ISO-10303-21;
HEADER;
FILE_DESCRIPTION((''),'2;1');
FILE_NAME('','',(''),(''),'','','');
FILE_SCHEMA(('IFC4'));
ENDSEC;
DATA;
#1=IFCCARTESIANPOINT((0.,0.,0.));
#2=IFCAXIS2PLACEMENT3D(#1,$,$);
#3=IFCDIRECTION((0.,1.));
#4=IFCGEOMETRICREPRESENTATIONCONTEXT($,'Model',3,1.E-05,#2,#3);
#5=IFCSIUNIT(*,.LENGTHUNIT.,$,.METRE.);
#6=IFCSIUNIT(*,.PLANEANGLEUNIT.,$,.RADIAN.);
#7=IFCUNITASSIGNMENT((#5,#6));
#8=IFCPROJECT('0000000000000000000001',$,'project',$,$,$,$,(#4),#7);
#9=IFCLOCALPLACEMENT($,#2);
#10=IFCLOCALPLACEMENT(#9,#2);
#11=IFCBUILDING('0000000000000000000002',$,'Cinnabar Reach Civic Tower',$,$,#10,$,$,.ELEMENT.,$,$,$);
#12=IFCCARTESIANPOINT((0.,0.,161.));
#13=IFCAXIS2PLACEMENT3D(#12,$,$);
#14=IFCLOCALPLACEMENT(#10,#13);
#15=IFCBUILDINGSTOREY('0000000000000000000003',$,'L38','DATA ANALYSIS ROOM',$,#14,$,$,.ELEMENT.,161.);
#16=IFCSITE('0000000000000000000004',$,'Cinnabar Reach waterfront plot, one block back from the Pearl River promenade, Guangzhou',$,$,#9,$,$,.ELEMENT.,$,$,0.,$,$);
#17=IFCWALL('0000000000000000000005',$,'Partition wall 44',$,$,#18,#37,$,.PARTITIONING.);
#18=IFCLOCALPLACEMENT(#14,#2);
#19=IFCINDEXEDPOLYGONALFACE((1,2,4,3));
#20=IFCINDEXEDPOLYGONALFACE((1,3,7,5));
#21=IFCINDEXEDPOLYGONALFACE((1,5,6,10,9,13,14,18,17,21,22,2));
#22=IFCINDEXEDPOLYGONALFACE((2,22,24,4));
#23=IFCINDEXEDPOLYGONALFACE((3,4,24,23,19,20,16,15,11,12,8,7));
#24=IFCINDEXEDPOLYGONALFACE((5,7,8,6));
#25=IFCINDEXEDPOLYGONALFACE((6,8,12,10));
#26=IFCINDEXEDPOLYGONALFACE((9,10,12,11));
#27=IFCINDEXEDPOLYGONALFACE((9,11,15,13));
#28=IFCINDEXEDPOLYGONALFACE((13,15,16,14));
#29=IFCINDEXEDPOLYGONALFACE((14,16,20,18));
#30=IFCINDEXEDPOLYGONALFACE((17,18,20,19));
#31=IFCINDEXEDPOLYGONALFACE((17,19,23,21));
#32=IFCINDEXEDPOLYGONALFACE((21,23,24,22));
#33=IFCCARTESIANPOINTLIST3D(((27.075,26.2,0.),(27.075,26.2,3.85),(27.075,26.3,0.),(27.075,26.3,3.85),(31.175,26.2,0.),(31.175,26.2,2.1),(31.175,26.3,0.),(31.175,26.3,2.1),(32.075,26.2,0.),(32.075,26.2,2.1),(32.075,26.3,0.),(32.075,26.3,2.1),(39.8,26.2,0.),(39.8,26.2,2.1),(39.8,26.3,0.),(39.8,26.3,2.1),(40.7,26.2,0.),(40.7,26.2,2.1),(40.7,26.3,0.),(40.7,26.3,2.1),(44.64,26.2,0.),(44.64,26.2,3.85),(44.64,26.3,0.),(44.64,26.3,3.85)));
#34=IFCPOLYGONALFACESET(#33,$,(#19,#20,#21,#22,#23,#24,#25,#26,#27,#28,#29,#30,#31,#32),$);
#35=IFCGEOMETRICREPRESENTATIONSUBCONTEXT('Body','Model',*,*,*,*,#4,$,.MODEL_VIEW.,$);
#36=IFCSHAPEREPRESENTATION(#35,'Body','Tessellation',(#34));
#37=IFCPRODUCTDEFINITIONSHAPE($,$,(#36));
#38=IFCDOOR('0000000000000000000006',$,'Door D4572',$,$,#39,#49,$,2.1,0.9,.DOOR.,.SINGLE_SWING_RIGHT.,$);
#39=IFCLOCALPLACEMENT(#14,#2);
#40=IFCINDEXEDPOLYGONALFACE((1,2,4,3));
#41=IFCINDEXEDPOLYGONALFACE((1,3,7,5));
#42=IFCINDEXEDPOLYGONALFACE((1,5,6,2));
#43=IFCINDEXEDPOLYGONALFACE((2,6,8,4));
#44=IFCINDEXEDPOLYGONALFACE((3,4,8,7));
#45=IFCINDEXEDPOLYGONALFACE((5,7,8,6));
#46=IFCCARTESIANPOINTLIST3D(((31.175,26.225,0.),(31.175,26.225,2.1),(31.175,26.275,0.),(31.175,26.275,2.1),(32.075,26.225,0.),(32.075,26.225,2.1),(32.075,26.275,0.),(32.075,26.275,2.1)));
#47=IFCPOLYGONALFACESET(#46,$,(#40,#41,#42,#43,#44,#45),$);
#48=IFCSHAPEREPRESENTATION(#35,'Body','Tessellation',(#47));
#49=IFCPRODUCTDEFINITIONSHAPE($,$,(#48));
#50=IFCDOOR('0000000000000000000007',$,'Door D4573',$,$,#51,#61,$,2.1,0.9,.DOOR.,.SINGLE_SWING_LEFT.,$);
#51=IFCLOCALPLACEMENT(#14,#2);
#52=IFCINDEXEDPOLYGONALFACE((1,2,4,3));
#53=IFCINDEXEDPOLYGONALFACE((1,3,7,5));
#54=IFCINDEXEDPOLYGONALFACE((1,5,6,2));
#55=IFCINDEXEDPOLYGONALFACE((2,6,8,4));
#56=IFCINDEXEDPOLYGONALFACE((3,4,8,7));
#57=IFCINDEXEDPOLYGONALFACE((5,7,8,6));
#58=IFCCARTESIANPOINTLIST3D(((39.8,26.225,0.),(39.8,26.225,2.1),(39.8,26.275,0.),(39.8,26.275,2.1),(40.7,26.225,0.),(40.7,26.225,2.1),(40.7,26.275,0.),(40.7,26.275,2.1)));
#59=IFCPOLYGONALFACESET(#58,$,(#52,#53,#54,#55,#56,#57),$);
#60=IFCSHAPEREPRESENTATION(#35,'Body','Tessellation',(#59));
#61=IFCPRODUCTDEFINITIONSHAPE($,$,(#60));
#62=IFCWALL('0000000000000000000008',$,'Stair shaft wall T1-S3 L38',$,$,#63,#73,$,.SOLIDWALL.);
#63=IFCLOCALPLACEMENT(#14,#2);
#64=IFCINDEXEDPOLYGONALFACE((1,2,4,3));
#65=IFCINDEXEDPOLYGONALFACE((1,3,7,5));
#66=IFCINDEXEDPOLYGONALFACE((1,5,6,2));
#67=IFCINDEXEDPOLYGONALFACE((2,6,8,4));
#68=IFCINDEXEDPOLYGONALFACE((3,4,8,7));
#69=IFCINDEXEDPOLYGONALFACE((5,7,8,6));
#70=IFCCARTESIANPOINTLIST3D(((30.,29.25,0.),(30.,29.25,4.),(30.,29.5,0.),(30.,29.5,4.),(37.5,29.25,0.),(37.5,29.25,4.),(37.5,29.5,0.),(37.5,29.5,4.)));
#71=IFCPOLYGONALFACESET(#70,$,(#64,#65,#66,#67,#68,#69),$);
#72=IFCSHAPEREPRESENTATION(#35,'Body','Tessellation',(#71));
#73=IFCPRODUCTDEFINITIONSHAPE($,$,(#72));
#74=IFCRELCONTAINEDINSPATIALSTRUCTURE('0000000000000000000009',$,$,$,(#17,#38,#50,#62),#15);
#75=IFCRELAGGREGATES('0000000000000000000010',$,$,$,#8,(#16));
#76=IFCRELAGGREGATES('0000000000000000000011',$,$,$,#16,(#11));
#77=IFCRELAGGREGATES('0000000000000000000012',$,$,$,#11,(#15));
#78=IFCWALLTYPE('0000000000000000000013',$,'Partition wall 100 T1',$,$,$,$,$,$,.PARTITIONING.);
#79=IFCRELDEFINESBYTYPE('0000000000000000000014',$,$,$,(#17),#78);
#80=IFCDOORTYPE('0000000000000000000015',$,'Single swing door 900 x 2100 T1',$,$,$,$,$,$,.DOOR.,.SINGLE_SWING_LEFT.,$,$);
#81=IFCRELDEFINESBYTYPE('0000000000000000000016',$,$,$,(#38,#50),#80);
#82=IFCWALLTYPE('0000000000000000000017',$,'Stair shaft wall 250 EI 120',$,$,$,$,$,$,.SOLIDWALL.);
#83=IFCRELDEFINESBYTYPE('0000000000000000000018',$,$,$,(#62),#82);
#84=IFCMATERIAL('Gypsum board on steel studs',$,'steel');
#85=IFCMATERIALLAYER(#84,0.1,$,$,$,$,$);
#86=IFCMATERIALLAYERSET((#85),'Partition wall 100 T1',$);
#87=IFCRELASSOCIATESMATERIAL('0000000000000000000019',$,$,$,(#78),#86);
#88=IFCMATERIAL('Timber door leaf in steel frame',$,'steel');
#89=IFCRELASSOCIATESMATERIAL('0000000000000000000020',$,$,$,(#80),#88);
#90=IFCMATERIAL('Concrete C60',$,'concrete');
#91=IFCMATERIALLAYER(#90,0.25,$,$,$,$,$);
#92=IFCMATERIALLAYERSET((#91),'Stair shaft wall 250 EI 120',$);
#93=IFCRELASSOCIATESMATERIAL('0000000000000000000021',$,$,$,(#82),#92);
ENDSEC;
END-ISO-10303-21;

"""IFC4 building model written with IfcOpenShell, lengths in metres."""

from ifc_helpers import new_model, si_unit, direction, frame, frame_2d, origin, place, context, subcontext, project, spatial, rectangle, extrude, material, layer, layer_set, type_object, element, fill, save


model = new_model("IFC4")

# Units and contexts
model_context = context("Model", 3, precision=1e-05, world=origin(), true_north=direction((0.0, 1.0)))
body_context = subcontext(model_context, "Body", "Model", "MODEL_VIEW")
ifc_project = project(units=[si_unit("LENGTHUNIT", "METRE"), si_unit("PLANEANGLEUNIT", "RADIAN")], contexts=[model_context])

# Site, building, storey
site_placement = place(None, origin())
site = spatial("IfcSite", under=ifc_project, at=site_placement, Name="Cinnabar Reach waterfront plot, one block back from the Pearl River promenade, Guangzhou", CompositionType="ELEMENT", RefElevation=0.0)
building_placement = place(site_placement, origin())
building = spatial("IfcBuilding", under=site, at=building_placement, Name="Cinnabar Reach Civic Tower", CompositionType="ELEMENT")
storey_placement = place(building_placement, frame((0.0, 0.0, 161.0)))
storey = spatial("IfcBuildingStorey", under=building, at=storey_placement, Name="L38", Description="DATA ANALYSIS ROOM", CompositionType="ELEMENT", Elevation=161.0)

# Shared definitions
ifc_material_1 = material(Name="Timber door leaf in steel frame", Category="steel")

# Wall, openings, doors
ifc_material_2 = material(Name="Gypsum board on steel studs", Category="steel")
ifc_layer_1 = layer(ifc_material_2, 0.1)
ifc_layer_set_1 = layer_set([ifc_layer_1], Name="Partition wall 100 T1")
wall_type_1 = type_object("IfcWallType", Name="Partition wall 100 T1", PredefinedType="PARTITIONING", material=ifc_layer_set_1)
wall_1_placement = place(storey_placement, frame((27.075, 26.25, 0.0), z_axis=(0.0, 0.0, 1.0), x_axis=(1.0, 0.0, 0.0)))
wall_1 = element("IfcWall", 1, at=wall_1_placement, inside=storey, type_object=wall_type_1, Name="Partition wall 44", PredefinedType="PARTITIONING", context=body_context, shape_type="SweptSolid", body=[
    extrude(rectangle(XDim=17.565, YDim=0.1, at=frame_2d((8.7825, 0.0))), origin(), (0.0, 0.0, 1.0), 3.85),
])
opening_1_placement = place(wall_1_placement, frame((4.1, 0.0, 0.0)))
opening_1 = element("IfcOpeningElement", 2, at=opening_1_placement, cuts=wall_1, PredefinedType="OPENING", context=body_context, shape_type="SweptSolid", body=[
    extrude(rectangle(XDim=0.9, YDim=2.1, at=frame_2d((0.45, 1.05))), frame((0.0, 0.06, 0.0), z_axis=(0.0, -1.0, 0.0), x_axis=(1.0, 0.0, 0.0)), (0.0, 0.0, 1.0), 0.12),
])
opening_2_placement = place(wall_1_placement, frame((12.725, 0.0, 0.0)))
opening_2 = element("IfcOpeningElement", 3, at=opening_2_placement, cuts=wall_1, PredefinedType="OPENING", context=body_context, shape_type="SweptSolid", body=[
    extrude(rectangle(XDim=0.9, YDim=2.1, at=frame_2d((0.45, 1.05))), frame((0.0, 0.06, 0.0), z_axis=(0.0, -1.0, 0.0), x_axis=(1.0, 0.0, 0.0)), (0.0, 0.0, 1.0), 0.12),
])
door_type_1 = type_object("IfcDoorType", Name="Single swing door 900 x 2100 T1", OperationType="SINGLE_SWING_LEFT", PredefinedType="DOOR", material=ifc_material_1)
door_1_placement = place(opening_1_placement, frame((0.9, 0.0, 0.0), z_axis=(0.0, 0.0, 1.0), x_axis=(-1.0, 0.0, 0.0)))
door_1 = element("IfcDoor", 4, at=door_1_placement, inside=storey, type_object=door_type_1, Name="Door D4572", OperationType="SINGLE_SWING_RIGHT", OverallHeight=2.1, OverallWidth=0.9, PredefinedType="DOOR", context=body_context, shape_type="SweptSolid", body=[
    extrude(rectangle(XDim=0.9, YDim=2.1, at=frame_2d((0.45, 1.05))), frame((0.0, 0.025, 0.0), z_axis=(0.0, -1.0, 0.0), x_axis=(1.0, 0.0, 0.0)), (0.0, 0.0, 1.0), 0.05),
])
fill(opening_1, door_1)
door_2_placement = place(opening_2_placement, frame((0.9, 0.0, 0.0), z_axis=(0.0, 0.0, 1.0), x_axis=(-1.0, 0.0, 0.0)))
door_2 = element("IfcDoor", 5, at=door_2_placement, inside=storey, type_object=door_type_1, Name="Door D4573", OperationType="SINGLE_SWING_LEFT", OverallHeight=2.1, OverallWidth=0.9, PredefinedType="DOOR", context=body_context, shape_type="SweptSolid", body=[
    extrude(rectangle(XDim=0.9, YDim=2.1, at=frame_2d((0.45, 1.05))), frame((0.0, 0.025, 0.0), z_axis=(0.0, -1.0, 0.0), x_axis=(1.0, 0.0, 0.0)), (0.0, 0.0, 1.0), 0.05),
])
fill(opening_2, door_2)

# Wall
ifc_material_3 = material(Name="Concrete C60", Category="concrete")
ifc_layer_2 = layer(ifc_material_3, 0.25)
ifc_layer_set_2 = layer_set([ifc_layer_2], Name="Stair shaft wall 250 EI 120")
wall_type_2 = type_object("IfcWallType", Name="Stair shaft wall 250 EI 120", PredefinedType="SOLIDWALL", material=ifc_layer_set_2)
wall_2_placement = place(storey_placement, frame((30.0, 29.375, 0.0), z_axis=(0.0, 0.0, 1.0), x_axis=(1.0, 0.0, 0.0)))
element("IfcWall", 6, at=wall_2_placement, inside=storey, type_object=wall_type_2, Name="Stair shaft wall T1-S3 L38", PredefinedType="SOLIDWALL", context=body_context, shape_type="SweptSolid", body=[
    extrude(rectangle(XDim=7.5, YDim=0.25, at=frame_2d((3.75, 0.0))), origin(), (0.0, 0.0, 1.0), 4.0),
])

save(model, "model.ifc")
